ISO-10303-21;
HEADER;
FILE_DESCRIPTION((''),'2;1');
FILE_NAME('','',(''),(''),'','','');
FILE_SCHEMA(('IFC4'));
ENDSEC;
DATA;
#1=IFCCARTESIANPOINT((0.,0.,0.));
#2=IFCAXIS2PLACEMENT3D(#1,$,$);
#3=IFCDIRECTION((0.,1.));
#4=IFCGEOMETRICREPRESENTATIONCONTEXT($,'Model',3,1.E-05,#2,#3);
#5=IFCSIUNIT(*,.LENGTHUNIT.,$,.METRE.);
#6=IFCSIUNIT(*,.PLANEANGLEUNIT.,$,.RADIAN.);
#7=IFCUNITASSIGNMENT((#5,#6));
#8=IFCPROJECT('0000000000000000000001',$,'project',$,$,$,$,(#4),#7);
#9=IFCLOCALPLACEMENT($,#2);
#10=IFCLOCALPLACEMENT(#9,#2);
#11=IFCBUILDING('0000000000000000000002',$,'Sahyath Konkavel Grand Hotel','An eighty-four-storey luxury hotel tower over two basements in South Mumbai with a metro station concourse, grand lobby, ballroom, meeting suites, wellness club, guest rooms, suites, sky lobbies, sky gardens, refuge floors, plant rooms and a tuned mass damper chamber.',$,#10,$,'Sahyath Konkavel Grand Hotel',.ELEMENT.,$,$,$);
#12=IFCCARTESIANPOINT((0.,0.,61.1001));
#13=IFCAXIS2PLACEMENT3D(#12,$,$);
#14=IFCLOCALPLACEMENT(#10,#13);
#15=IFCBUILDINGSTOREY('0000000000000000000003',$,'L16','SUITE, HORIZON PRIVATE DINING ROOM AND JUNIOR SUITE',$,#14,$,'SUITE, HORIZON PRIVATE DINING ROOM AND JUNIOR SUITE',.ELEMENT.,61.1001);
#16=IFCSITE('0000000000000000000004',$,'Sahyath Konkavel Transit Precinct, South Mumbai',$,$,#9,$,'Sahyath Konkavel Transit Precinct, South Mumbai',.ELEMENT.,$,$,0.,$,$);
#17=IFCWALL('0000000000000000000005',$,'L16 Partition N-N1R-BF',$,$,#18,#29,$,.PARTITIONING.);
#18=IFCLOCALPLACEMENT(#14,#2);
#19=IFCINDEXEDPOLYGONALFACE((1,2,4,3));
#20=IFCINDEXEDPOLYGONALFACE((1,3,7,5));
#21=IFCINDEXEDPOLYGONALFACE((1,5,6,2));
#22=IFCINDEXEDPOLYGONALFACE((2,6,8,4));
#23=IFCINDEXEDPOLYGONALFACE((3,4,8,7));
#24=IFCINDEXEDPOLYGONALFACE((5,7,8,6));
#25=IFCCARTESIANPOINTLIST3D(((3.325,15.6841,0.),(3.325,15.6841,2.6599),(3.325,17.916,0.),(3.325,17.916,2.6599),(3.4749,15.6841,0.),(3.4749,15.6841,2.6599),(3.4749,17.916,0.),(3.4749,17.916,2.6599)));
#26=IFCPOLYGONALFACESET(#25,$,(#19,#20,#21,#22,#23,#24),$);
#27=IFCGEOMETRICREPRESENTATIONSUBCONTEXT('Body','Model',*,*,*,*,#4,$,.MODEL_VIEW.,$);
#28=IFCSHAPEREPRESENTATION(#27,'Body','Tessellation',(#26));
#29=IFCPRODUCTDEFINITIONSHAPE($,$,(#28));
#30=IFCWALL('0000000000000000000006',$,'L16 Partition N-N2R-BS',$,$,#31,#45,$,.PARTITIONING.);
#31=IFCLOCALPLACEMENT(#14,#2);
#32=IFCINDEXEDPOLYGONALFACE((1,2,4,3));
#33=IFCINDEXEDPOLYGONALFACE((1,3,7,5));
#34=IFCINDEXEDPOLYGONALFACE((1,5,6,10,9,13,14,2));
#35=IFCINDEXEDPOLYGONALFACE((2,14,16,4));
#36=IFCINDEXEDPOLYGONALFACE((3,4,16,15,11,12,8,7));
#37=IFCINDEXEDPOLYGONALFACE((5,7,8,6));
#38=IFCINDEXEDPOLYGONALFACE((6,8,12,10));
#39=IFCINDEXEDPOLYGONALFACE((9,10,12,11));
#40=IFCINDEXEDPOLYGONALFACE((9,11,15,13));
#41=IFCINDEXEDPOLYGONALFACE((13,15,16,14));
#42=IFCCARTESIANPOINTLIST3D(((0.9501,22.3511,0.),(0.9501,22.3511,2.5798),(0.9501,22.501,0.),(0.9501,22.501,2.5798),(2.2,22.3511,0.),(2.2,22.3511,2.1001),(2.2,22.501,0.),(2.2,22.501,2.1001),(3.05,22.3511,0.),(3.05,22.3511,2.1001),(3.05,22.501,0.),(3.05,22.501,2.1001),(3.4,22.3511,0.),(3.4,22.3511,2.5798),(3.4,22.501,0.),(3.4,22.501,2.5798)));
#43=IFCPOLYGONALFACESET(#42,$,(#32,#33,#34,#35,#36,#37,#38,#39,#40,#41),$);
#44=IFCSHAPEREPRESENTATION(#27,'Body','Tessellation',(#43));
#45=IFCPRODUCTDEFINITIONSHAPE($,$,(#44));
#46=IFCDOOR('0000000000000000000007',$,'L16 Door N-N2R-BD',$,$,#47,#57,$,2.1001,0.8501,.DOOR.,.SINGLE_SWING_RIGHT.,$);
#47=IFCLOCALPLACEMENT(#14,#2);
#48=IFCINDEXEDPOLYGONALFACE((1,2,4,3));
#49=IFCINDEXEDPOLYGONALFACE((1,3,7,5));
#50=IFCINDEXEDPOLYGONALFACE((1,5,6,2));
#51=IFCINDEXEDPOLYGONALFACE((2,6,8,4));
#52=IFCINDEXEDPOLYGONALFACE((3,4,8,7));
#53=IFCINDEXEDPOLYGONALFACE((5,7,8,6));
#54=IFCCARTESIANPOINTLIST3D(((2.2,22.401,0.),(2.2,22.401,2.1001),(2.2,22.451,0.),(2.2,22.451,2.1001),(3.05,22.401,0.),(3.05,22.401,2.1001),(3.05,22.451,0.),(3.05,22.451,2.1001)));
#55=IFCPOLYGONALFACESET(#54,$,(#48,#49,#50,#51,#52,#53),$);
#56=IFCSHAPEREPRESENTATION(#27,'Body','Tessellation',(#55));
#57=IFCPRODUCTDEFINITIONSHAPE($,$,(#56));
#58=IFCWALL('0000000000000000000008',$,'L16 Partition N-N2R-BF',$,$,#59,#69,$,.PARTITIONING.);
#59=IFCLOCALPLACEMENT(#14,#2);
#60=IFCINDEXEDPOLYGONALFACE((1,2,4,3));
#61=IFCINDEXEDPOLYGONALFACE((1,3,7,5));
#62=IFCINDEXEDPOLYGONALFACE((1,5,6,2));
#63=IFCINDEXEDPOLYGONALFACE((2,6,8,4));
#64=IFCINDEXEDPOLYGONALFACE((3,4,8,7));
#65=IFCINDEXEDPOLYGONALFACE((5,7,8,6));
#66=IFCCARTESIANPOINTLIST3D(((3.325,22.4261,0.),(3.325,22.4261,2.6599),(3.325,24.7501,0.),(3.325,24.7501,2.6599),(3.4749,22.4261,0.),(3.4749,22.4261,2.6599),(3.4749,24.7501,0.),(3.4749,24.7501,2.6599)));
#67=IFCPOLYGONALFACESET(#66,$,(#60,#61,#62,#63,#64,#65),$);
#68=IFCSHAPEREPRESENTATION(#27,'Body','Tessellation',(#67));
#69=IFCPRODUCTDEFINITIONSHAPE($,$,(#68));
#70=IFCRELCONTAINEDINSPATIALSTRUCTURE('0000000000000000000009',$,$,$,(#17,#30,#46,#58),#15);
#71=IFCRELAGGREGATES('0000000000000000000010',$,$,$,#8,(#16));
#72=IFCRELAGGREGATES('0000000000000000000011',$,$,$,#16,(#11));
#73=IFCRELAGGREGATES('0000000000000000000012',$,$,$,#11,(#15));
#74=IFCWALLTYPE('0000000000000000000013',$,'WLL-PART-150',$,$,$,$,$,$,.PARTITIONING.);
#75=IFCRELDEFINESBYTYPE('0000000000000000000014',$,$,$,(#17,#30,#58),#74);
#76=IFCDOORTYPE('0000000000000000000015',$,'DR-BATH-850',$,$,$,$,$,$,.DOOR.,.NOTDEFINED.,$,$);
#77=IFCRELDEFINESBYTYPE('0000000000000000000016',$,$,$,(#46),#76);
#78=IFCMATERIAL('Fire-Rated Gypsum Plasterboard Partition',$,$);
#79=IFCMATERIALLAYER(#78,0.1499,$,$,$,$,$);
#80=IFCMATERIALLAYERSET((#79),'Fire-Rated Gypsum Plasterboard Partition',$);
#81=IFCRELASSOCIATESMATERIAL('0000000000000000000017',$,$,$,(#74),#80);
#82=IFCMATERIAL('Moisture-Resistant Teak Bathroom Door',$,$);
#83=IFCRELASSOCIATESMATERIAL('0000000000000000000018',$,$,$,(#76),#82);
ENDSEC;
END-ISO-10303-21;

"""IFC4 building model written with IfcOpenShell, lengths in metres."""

from ifc_helpers import new_model, si_unit, direction, frame, frame_2d, origin, origin_2d, place, context, subcontext, project, spatial, rectangle, extrude, source, transform, mapped, material, layer, layer_set, type_object, element, fill, save


model = new_model("IFC4")

# Units and contexts
model_context = context("Model", 3, precision=1e-05, world=origin(), true_north=direction((0.0, 1.0)))
body_context = subcontext(model_context, "Body", "Model", "MODEL_VIEW")
ifc_project = project(units=[si_unit("LENGTHUNIT", "METRE"), si_unit("PLANEANGLEUNIT", "RADIAN")], contexts=[model_context])

# Site, building, storey
site_placement = place(None, origin())
site = spatial("IfcSite", under=ifc_project, at=site_placement, Name="Sahyath Konkavel Transit Precinct, South Mumbai", LongName="Sahyath Konkavel Transit Precinct, South Mumbai", CompositionType="ELEMENT", RefElevation=0.0)
building_placement = place(site_placement, origin())
building = spatial("IfcBuilding", under=site, at=building_placement, Name="Sahyath Konkavel Grand Hotel", Description="An eighty-four-storey luxury hotel tower over two basements in South Mumbai with a metro station concourse, grand lobby, ballroom, meeting suites, wellness club, guest rooms, suites, sky lobbies, sky gardens, refuge floors, plant rooms and a tuned mass damper chamber.", LongName="Sahyath Konkavel Grand Hotel", CompositionType="ELEMENT")
storey_placement = place(building_placement, frame((0.0, 0.0, 61.1001)))
storey = spatial("IfcBuildingStorey", under=building, at=storey_placement, Name="L16", Description="SUITE, HORIZON PRIVATE DINING ROOM AND JUNIOR SUITE", LongName="SUITE, HORIZON PRIVATE DINING ROOM AND JUNIOR SUITE", CompositionType="ELEMENT", Elevation=61.1001)

# Shared definitions
ifc_material_1 = material(Name="Fire-Rated Gypsum Plasterboard Partition")
ifc_layer_1 = layer(ifc_material_1, 0.1499)
ifc_layer_set_1 = layer_set([ifc_layer_1], Name="Fire-Rated Gypsum Plasterboard Partition")
wall_type_1 = type_object("IfcWallType", Name="WLL-PART-150", PredefinedType="PARTITIONING", material=ifc_layer_set_1)

# Shared definitions
shared_shape_1 = source(origin(), body_context, "Body", "SweptSolid", [
    extrude(rectangle(XDim=0.8501, YDim=0.05, at=origin_2d()), origin(), (0.0, 0.0, 1.0), 2.1001),
])

# Shared definitions
ifc_material_2 = material(Name="Moisture-Resistant Teak Bathroom Door")
door_type_1 = type_object("IfcDoorType", Name="DR-BATH-850", OperationType="NOTDEFINED", PredefinedType="DOOR", material=ifc_material_2)

# Wall
wall_1_placement = place(storey_placement, frame((3.3999, 15.6841, 0.0), z_axis=(0.0, 0.0, 1.0), x_axis=(0.0, 1.0, 0.0)))
element("IfcWall", 1, at=wall_1_placement, inside=storey, type_object=wall_type_1, Name="L16 Partition N-N1R-BF", PredefinedType="PARTITIONING", context=body_context, shape_type="SweptSolid", body=[
    extrude(rectangle(XDim=2.2319, YDim=0.1499, at=frame_2d((1.116, 0.0))), origin(), (0.0, 0.0, 1.0), 2.6599),
])

# Wall, opening, door
wall_2_placement = place(storey_placement, frame((0.95, 22.426, 0.0), z_axis=(0.0, 0.0, 1.0), x_axis=(1.0, 0.0, 0.0)))
wall_2 = element("IfcWall", 2, at=wall_2_placement, inside=storey, type_object=wall_type_1, Name="L16 Partition N-N2R-BS", PredefinedType="PARTITIONING", context=body_context, shape_type="SweptSolid", body=[
    extrude(rectangle(XDim=2.45, YDim=0.1499, at=frame_2d((1.2251, 0.0))), origin(), (0.0, 0.0, 1.0), 2.5798),
])
opening_1_placement = place(wall_2_placement, frame((1.25, 0.0, 0.0)))
opening_1 = element("IfcOpeningElement", 3, at=opening_1_placement, cuts=wall_2, PredefinedType="OPENING", context=body_context, shape_type="SweptSolid", body=[
    extrude(rectangle(XDim=0.8501, YDim=2.1001, at=frame_2d((0.425, 1.05))), frame((0.0, 0.085, 0.0), z_axis=(0.0, -1.0, 0.0), x_axis=(1.0, 0.0, 0.0)), (0.0, 0.0, 1.0), 0.1699),
])
door_1_placement = place(opening_1_placement, frame((0.425, 0.0, 0.0)))
door_1 = element("IfcDoor", 4, at=door_1_placement, inside=storey, type_object=door_type_1, Name="L16 Door N-N2R-BD", OperationType="SINGLE_SWING_RIGHT", OverallHeight=2.1001, OverallWidth=0.8501, PredefinedType="DOOR", context=body_context, shape_type="MappedRepresentation", body=[
    mapped(shared_shape_1, transform((0.0, 0.0, 0.0), scale=1.0)),
])
fill(opening_1, door_1)

# Wall
wall_3_placement = place(storey_placement, frame((3.3999, 22.426, 0.0), z_axis=(0.0, 0.0, 1.0), x_axis=(0.0, 1.0, 0.0)))
element("IfcWall", 5, at=wall_3_placement, inside=storey, type_object=wall_type_1, Name="L16 Partition N-N2R-BF", PredefinedType="PARTITIONING", context=body_context, shape_type="SweptSolid", body=[
    extrude(rectangle(XDim=2.324, YDim=0.1499, at=frame_2d((1.1621, 0.0))), origin(), (0.0, 0.0, 1.0), 2.6599),
])

save(model, "model.ifc")
